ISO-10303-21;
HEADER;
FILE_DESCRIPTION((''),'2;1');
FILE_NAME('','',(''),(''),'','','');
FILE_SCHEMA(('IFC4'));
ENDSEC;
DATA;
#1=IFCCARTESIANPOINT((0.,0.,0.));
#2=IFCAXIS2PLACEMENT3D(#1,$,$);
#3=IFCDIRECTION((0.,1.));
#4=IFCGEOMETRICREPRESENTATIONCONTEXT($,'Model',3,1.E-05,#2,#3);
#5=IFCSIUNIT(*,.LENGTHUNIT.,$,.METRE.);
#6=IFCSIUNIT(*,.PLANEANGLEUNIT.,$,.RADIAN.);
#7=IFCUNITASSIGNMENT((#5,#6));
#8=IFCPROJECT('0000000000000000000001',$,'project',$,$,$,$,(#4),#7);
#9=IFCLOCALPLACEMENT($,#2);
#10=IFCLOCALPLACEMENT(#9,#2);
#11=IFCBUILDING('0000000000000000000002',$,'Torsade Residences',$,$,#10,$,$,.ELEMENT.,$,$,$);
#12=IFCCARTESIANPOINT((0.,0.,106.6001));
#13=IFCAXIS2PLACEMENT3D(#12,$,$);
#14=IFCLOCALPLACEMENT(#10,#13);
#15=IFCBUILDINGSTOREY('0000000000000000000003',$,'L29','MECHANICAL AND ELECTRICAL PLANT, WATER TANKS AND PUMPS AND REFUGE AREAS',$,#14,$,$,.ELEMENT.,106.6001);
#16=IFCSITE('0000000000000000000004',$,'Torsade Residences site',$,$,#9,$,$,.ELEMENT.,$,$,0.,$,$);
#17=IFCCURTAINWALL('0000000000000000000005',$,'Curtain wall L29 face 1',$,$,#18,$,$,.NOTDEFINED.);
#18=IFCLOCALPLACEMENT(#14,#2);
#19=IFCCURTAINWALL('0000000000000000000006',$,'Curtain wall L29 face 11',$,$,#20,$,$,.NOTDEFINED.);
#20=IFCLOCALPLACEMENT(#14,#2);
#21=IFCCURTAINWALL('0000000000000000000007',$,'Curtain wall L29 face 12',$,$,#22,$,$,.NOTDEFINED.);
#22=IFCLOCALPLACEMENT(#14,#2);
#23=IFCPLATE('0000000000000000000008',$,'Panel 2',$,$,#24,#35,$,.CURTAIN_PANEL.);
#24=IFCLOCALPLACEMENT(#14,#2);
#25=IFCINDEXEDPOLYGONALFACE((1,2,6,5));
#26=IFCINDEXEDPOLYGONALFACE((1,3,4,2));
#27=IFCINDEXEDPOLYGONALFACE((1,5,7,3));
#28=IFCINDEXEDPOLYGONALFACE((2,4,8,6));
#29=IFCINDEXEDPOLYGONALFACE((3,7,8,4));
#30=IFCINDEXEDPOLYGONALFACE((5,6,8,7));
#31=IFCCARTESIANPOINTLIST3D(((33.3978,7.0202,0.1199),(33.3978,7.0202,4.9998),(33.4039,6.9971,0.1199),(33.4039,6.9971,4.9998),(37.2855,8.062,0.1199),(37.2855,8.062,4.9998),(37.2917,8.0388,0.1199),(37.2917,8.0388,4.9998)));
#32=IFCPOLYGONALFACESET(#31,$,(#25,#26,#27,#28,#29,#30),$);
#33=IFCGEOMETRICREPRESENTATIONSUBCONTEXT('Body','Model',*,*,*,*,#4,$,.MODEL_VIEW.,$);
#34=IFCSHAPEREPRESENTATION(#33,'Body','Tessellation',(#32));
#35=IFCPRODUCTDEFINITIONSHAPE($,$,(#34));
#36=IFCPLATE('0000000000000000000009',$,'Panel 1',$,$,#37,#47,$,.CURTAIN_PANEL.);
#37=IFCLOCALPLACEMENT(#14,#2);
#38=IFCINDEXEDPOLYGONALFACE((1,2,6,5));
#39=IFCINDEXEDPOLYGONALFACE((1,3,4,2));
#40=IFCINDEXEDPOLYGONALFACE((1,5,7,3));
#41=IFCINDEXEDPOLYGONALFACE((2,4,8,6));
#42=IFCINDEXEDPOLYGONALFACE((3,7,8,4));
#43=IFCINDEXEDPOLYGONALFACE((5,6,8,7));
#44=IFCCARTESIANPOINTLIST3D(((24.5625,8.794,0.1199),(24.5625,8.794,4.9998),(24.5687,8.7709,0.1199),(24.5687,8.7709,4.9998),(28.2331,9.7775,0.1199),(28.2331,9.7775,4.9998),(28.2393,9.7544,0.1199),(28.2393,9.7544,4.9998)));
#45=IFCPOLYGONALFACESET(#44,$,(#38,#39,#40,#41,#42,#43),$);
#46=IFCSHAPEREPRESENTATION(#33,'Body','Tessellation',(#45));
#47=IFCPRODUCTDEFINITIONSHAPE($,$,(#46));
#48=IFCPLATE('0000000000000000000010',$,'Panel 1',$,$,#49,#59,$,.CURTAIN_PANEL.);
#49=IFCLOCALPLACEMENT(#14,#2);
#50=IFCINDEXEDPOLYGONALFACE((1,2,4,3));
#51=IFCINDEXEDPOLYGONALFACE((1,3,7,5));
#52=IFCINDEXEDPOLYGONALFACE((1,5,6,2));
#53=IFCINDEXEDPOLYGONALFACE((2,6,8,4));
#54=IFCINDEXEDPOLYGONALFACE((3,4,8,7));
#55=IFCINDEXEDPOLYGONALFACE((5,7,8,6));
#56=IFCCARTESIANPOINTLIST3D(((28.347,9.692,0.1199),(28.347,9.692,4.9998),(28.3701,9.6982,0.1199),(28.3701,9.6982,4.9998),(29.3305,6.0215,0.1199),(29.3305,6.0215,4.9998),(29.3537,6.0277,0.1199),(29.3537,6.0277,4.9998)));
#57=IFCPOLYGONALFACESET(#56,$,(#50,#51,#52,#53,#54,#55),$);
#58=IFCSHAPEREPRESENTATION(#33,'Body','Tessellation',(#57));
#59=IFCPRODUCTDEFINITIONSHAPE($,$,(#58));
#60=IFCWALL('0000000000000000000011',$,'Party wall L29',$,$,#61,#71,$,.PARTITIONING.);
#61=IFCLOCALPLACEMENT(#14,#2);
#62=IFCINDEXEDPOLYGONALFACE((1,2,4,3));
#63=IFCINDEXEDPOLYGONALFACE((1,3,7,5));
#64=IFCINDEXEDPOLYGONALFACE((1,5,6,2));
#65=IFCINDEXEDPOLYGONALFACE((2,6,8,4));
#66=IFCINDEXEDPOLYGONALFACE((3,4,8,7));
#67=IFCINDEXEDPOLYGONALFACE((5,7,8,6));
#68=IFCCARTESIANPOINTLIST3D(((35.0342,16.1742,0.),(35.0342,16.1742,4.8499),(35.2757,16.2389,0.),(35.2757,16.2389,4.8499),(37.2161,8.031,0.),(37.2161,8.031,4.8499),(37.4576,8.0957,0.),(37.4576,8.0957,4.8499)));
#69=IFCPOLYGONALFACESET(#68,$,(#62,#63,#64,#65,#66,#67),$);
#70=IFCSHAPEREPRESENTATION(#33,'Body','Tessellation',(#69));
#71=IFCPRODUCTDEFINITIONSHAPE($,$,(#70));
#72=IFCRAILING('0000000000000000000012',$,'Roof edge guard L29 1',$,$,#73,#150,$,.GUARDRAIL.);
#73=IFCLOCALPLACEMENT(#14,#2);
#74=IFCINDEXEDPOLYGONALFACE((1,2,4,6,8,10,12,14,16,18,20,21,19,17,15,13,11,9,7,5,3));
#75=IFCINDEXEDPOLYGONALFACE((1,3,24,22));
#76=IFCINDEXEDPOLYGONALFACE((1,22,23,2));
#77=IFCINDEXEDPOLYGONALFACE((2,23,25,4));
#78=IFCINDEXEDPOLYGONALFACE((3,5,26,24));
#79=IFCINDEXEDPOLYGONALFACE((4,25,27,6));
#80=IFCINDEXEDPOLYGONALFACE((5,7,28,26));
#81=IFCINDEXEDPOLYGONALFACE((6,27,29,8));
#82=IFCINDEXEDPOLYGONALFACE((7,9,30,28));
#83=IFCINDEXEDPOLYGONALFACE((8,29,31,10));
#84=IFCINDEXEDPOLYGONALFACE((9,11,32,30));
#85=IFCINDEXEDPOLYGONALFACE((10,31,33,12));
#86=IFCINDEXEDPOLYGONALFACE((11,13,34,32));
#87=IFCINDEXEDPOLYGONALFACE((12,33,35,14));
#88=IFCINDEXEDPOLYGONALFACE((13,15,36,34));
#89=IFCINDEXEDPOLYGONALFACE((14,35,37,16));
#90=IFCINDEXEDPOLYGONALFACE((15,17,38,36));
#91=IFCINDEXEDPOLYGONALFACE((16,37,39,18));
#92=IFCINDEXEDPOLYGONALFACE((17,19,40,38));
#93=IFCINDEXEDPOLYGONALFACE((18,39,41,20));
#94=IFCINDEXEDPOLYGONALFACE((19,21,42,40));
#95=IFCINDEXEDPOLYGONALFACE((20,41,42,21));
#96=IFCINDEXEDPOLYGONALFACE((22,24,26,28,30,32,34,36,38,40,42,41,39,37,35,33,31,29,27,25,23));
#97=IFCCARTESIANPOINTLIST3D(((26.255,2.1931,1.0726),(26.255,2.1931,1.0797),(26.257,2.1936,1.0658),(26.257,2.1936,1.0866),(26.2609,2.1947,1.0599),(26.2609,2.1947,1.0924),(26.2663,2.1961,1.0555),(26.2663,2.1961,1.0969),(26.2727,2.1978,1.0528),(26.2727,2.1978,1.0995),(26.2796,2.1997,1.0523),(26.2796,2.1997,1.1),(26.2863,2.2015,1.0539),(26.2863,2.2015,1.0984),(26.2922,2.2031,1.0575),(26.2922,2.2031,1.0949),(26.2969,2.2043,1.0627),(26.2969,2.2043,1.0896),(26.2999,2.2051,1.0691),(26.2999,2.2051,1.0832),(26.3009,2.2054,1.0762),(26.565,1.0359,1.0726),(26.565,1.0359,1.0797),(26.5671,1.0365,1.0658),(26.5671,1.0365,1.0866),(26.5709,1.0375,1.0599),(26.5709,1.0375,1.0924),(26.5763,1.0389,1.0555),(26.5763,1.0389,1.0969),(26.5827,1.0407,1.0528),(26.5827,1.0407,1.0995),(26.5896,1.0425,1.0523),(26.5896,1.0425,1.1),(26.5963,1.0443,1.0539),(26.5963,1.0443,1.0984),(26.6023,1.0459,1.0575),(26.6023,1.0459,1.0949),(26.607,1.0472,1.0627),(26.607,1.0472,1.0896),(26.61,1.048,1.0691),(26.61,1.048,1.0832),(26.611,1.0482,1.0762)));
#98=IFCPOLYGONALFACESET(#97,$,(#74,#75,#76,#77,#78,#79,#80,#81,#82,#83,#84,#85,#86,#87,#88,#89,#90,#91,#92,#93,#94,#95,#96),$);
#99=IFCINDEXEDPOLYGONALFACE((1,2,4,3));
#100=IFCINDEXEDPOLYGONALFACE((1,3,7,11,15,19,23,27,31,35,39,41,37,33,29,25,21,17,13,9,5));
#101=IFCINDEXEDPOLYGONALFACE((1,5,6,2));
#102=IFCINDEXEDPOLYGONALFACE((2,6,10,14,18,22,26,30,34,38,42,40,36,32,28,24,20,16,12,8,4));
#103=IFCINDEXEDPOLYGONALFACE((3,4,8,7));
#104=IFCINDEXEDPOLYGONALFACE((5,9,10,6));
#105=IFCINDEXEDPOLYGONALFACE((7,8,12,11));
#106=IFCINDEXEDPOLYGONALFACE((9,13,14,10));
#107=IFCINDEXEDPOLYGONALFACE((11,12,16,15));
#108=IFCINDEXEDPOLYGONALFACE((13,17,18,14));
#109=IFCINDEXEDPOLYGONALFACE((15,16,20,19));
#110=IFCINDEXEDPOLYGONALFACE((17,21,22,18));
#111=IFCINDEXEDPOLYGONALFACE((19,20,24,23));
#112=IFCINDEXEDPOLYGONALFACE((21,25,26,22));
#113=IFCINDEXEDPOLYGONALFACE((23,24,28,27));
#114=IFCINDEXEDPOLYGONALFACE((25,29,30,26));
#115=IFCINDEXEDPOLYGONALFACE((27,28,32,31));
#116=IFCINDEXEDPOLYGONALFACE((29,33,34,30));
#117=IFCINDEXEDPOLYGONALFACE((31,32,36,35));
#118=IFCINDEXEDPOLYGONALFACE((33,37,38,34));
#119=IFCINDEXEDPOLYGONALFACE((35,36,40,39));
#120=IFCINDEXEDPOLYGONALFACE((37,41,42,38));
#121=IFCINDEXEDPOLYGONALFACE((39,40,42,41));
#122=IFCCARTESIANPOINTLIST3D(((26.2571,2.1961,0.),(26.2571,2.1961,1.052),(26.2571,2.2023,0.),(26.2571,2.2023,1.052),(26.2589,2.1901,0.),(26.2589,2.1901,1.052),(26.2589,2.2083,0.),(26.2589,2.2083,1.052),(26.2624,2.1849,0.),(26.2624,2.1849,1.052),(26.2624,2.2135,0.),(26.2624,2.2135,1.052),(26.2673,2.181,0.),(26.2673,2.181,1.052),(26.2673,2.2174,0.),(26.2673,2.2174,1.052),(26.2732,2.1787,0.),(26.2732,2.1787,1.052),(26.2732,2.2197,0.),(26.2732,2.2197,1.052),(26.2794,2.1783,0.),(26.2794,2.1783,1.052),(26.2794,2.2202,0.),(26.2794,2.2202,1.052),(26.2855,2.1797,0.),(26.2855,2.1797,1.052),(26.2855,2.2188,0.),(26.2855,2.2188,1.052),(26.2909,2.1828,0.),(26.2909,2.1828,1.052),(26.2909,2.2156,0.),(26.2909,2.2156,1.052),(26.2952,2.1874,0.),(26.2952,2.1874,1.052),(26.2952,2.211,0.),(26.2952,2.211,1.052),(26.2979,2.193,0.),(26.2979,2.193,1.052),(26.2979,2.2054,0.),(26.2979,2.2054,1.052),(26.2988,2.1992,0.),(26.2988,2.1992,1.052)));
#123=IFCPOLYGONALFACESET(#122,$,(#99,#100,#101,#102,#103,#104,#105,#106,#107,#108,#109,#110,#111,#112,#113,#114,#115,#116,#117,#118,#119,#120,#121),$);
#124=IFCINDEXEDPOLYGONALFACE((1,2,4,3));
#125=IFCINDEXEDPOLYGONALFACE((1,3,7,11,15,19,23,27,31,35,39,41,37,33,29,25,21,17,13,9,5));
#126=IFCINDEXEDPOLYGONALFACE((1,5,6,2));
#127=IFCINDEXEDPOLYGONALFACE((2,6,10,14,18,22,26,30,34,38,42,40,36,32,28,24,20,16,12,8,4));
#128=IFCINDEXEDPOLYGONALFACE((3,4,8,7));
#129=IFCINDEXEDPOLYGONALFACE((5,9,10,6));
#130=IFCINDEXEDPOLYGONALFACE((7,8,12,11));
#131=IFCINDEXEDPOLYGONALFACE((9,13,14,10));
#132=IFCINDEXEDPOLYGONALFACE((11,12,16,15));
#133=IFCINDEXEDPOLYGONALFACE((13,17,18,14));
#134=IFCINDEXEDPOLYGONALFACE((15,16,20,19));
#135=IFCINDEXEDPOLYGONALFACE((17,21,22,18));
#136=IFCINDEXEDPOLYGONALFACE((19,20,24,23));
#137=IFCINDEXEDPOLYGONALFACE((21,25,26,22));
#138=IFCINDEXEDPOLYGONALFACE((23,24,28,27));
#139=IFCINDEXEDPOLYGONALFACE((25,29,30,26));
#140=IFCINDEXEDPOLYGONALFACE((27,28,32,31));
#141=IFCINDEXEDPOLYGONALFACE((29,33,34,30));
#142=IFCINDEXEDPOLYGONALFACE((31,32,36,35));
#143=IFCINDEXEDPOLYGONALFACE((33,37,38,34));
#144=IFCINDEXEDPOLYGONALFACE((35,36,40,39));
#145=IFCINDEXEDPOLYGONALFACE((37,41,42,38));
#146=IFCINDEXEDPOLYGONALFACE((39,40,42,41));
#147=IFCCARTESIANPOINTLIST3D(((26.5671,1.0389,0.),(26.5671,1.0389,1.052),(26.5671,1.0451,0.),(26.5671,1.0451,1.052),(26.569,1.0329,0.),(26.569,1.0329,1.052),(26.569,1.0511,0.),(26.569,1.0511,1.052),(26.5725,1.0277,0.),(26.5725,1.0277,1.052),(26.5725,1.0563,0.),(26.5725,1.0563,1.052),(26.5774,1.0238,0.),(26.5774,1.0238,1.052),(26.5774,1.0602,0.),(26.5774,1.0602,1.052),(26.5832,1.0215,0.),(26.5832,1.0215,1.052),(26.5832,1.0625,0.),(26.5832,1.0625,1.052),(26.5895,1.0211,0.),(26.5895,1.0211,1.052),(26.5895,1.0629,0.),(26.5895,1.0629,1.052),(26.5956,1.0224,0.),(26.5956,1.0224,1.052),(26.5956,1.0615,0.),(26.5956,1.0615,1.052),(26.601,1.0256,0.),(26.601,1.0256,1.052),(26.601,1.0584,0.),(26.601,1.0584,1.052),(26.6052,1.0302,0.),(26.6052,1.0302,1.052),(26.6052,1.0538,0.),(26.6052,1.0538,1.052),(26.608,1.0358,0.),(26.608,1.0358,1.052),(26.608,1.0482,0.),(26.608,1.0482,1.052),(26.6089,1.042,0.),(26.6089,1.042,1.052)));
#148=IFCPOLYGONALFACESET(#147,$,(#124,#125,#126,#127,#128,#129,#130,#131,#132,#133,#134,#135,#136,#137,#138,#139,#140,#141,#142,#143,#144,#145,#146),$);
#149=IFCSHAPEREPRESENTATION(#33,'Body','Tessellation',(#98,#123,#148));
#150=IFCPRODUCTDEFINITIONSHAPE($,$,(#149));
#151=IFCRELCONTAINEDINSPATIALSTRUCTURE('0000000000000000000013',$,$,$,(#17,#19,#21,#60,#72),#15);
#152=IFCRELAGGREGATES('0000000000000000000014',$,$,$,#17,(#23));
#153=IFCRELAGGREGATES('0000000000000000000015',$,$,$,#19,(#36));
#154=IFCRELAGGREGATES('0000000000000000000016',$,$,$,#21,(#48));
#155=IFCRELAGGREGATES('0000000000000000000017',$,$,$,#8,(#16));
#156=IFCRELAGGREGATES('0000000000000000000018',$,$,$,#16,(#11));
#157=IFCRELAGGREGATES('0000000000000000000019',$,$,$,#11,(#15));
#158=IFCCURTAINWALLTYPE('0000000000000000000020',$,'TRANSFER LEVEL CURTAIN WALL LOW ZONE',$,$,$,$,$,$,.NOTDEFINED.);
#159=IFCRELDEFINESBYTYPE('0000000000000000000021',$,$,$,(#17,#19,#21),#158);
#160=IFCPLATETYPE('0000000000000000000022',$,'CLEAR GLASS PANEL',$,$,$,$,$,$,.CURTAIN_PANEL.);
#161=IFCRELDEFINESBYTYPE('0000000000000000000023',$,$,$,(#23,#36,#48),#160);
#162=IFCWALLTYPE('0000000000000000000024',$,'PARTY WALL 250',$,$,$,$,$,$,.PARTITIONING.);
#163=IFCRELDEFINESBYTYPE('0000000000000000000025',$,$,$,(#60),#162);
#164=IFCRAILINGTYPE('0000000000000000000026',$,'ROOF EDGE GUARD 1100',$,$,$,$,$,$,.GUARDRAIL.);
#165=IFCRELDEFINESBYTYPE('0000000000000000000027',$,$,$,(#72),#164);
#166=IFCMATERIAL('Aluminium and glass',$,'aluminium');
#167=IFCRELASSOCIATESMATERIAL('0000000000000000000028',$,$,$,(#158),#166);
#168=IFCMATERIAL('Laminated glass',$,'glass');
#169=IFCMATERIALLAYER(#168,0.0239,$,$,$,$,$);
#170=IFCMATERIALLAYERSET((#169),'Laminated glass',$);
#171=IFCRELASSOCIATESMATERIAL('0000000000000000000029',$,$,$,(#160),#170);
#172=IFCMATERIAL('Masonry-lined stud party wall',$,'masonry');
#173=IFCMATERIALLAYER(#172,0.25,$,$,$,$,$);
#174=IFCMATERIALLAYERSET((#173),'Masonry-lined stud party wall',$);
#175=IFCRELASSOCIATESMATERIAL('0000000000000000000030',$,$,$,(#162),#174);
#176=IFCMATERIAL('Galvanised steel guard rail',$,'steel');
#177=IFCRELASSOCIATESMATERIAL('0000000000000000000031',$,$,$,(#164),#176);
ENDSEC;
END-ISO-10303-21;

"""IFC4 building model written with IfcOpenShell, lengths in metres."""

from ifc_helpers import new_model, si_unit, direction, frame, frame_2d, origin, origin_2d, place, context, subcontext, project, spatial, rectangle, circle, extrude, material, layer, layer_set, type_object, element, aggregate, save


model = new_model("IFC4")

# Units and contexts
model_context = context("Model", 3, precision=1e-05, world=origin(), true_north=direction((0.0, 1.0)))
body_context = subcontext(model_context, "Body", "Model", "MODEL_VIEW")
ifc_project = project(units=[si_unit("LENGTHUNIT", "METRE"), si_unit("PLANEANGLEUNIT", "RADIAN")], contexts=[model_context])

# Site, building, storey
site_placement = place(None, origin())
site = spatial("IfcSite", under=ifc_project, at=site_placement, Name="Torsade Residences site", CompositionType="ELEMENT", RefElevation=0.0)
building_placement = place(site_placement, origin())
building = spatial("IfcBuilding", under=site, at=building_placement, Name="Torsade Residences", CompositionType="ELEMENT")
storey_placement = place(building_placement, frame((0.0, 0.0, 106.6001)))
storey = spatial("IfcBuildingStorey", under=building, at=storey_placement, Name="L29", Description="MECHANICAL AND ELECTRICAL PLANT, WATER TANKS AND PUMPS AND REFUGE AREAS", CompositionType="ELEMENT", Elevation=106.6001)

# Curtain wall
ifc_material_1 = material(Name="Aluminium and glass", Category="aluminium")
curtain_wall_type = type_object("IfcCurtainWallType", Name="TRANSFER LEVEL CURTAIN WALL LOW ZONE", PredefinedType="NOTDEFINED", material=ifc_material_1)
curtain_wall_1_placement = place(storey_placement, origin())
curtain_wall_1 = element("IfcCurtainWall", 1, at=curtain_wall_1_placement, inside=storey, type_object=curtain_wall_type, Name="Curtain wall L29 face 1", PredefinedType="NOTDEFINED")

# Curtain wall
curtain_wall_2_placement = place(storey_placement, origin())
curtain_wall_2 = element("IfcCurtainWall", 2, at=curtain_wall_2_placement, inside=storey, type_object=curtain_wall_type, Name="Curtain wall L29 face 11", PredefinedType="NOTDEFINED")

# Curtain wall
curtain_wall_3_placement = place(storey_placement, origin())
curtain_wall_3 = element("IfcCurtainWall", 3, at=curtain_wall_3_placement, inside=storey, type_object=curtain_wall_type, Name="Curtain wall L29 face 12", PredefinedType="NOTDEFINED")

# Plates
ifc_material_2 = material(Name="Laminated glass", Category="glass")
ifc_layer_1 = layer(ifc_material_2, 0.0239)
ifc_layer_set_1 = layer_set([ifc_layer_1], Name="Laminated glass")
plate_type = type_object("IfcPlateType", Name="CLEAR GLASS PANEL", PredefinedType="CURTAIN_PANEL", material=ifc_layer_set_1)
plate_1_placement = place(storey_placement, frame((35.3447, 7.5295, 0.1199), z_axis=(0.0, 0.0, 1.0), x_axis=(0.965926, 0.258819, 0.0)))
plate_1 = element("IfcPlate", 4, at=plate_1_placement, type_object=plate_type, Name="Panel 2", PredefinedType="CURTAIN_PANEL", context=body_context, shape_type="SweptSolid", body=[
    extrude(rectangle(XDim=4.0249, YDim=0.0239, at=origin_2d()), origin(), (0.0, 0.0, 1.0), 4.8799),
])
aggregate(curtain_wall_1, [plate_1])
plate_2_placement = place(storey_placement, frame((26.4009, 9.2742, 0.1199), z_axis=(0.0, 0.0, 1.0), x_axis=(0.965926, 0.258819, 0.0)))
plate_2 = element("IfcPlate", 5, at=plate_2_placement, type_object=plate_type, Name="Panel 1", PredefinedType="CURTAIN_PANEL", context=body_context, shape_type="SweptSolid", body=[
    extrude(rectangle(XDim=3.8, YDim=0.0239, at=origin_2d()), origin(), (0.0, 0.0, 1.0), 4.8799),
])
aggregate(curtain_wall_2, [plate_2])
plate_3_placement = place(storey_placement, frame((28.8503, 7.8599, 0.1199), z_axis=(0.0, 0.0, 1.0), x_axis=(0.258819, -0.965926, 0.0)))
plate_3 = element("IfcPlate", 6, at=plate_3_placement, type_object=plate_type, Name="Panel 1", PredefinedType="CURTAIN_PANEL", context=body_context, shape_type="SweptSolid", body=[
    extrude(rectangle(XDim=3.8, YDim=0.0239, at=origin_2d()), origin(), (0.0, 0.0, 1.0), 4.8799),
])
aggregate(curtain_wall_3, [plate_3])

# Wall
ifc_material_3 = material(Name="Masonry-lined stud party wall", Category="masonry")
ifc_layer_2 = layer(ifc_material_3, 0.25)
ifc_layer_set_2 = layer_set([ifc_layer_2], Name="Masonry-lined stud party wall")
wall_type = type_object("IfcWallType", Name="PARTY WALL 250", PredefinedType="PARTITIONING", material=ifc_layer_set_2)
wall_placement = place(storey_placement, frame((37.3369, 8.0632, 0.0), z_axis=(0.0, 0.0, 1.0), x_axis=(-0.258814, 0.965927, 0.0)))
element("IfcWall", 7, at=wall_placement, inside=storey, type_object=wall_type, Name="Party wall L29", PredefinedType="PARTITIONING", context=body_context, shape_type="SweptSolid", body=[
    extrude(rectangle(XDim=8.4304, YDim=0.25, at=frame_2d((4.2153, 0.0))), origin(), (0.0, 0.0, 1.0), 4.8499),
])

# Railing
ifc_material_4 = material(Name="Galvanised steel guard rail", Category="steel")
railing_type = type_object("IfcRailingType", Name="ROOF EDGE GUARD 1100", PredefinedType="GUARDRAIL", material=ifc_material_4)
railing_1_placement = place(storey_placement, frame((26.2778, 2.1992, 0.0)))
element("IfcRailing", 8, at=railing_1_placement, inside=storey, type_object=railing_type, Name="Roof edge guard L29 1", PredefinedType="GUARDRAIL", context=body_context, shape_type="SweptSolid", body=[
    extrude(circle(Radius=0.0239, at=origin_2d()), frame((0.0, 0.0, 1.0762), z_axis=(0.258804, -0.96593, 0.0), x_axis=(0.96593, 0.258804, 0.0)), (0.0, 0.0, 1.0), 1.198),
    extrude(circle(Radius=0.021, at=origin_2d()), origin(), (0.0, 0.0, 1.0), 1.052),
    extrude(circle(Radius=0.021, at=origin_2d()), frame((0.3101, -1.1572, 0.0)), (0.0, 0.0, 1.0), 1.052),
])

save(model, "model.ifc")
